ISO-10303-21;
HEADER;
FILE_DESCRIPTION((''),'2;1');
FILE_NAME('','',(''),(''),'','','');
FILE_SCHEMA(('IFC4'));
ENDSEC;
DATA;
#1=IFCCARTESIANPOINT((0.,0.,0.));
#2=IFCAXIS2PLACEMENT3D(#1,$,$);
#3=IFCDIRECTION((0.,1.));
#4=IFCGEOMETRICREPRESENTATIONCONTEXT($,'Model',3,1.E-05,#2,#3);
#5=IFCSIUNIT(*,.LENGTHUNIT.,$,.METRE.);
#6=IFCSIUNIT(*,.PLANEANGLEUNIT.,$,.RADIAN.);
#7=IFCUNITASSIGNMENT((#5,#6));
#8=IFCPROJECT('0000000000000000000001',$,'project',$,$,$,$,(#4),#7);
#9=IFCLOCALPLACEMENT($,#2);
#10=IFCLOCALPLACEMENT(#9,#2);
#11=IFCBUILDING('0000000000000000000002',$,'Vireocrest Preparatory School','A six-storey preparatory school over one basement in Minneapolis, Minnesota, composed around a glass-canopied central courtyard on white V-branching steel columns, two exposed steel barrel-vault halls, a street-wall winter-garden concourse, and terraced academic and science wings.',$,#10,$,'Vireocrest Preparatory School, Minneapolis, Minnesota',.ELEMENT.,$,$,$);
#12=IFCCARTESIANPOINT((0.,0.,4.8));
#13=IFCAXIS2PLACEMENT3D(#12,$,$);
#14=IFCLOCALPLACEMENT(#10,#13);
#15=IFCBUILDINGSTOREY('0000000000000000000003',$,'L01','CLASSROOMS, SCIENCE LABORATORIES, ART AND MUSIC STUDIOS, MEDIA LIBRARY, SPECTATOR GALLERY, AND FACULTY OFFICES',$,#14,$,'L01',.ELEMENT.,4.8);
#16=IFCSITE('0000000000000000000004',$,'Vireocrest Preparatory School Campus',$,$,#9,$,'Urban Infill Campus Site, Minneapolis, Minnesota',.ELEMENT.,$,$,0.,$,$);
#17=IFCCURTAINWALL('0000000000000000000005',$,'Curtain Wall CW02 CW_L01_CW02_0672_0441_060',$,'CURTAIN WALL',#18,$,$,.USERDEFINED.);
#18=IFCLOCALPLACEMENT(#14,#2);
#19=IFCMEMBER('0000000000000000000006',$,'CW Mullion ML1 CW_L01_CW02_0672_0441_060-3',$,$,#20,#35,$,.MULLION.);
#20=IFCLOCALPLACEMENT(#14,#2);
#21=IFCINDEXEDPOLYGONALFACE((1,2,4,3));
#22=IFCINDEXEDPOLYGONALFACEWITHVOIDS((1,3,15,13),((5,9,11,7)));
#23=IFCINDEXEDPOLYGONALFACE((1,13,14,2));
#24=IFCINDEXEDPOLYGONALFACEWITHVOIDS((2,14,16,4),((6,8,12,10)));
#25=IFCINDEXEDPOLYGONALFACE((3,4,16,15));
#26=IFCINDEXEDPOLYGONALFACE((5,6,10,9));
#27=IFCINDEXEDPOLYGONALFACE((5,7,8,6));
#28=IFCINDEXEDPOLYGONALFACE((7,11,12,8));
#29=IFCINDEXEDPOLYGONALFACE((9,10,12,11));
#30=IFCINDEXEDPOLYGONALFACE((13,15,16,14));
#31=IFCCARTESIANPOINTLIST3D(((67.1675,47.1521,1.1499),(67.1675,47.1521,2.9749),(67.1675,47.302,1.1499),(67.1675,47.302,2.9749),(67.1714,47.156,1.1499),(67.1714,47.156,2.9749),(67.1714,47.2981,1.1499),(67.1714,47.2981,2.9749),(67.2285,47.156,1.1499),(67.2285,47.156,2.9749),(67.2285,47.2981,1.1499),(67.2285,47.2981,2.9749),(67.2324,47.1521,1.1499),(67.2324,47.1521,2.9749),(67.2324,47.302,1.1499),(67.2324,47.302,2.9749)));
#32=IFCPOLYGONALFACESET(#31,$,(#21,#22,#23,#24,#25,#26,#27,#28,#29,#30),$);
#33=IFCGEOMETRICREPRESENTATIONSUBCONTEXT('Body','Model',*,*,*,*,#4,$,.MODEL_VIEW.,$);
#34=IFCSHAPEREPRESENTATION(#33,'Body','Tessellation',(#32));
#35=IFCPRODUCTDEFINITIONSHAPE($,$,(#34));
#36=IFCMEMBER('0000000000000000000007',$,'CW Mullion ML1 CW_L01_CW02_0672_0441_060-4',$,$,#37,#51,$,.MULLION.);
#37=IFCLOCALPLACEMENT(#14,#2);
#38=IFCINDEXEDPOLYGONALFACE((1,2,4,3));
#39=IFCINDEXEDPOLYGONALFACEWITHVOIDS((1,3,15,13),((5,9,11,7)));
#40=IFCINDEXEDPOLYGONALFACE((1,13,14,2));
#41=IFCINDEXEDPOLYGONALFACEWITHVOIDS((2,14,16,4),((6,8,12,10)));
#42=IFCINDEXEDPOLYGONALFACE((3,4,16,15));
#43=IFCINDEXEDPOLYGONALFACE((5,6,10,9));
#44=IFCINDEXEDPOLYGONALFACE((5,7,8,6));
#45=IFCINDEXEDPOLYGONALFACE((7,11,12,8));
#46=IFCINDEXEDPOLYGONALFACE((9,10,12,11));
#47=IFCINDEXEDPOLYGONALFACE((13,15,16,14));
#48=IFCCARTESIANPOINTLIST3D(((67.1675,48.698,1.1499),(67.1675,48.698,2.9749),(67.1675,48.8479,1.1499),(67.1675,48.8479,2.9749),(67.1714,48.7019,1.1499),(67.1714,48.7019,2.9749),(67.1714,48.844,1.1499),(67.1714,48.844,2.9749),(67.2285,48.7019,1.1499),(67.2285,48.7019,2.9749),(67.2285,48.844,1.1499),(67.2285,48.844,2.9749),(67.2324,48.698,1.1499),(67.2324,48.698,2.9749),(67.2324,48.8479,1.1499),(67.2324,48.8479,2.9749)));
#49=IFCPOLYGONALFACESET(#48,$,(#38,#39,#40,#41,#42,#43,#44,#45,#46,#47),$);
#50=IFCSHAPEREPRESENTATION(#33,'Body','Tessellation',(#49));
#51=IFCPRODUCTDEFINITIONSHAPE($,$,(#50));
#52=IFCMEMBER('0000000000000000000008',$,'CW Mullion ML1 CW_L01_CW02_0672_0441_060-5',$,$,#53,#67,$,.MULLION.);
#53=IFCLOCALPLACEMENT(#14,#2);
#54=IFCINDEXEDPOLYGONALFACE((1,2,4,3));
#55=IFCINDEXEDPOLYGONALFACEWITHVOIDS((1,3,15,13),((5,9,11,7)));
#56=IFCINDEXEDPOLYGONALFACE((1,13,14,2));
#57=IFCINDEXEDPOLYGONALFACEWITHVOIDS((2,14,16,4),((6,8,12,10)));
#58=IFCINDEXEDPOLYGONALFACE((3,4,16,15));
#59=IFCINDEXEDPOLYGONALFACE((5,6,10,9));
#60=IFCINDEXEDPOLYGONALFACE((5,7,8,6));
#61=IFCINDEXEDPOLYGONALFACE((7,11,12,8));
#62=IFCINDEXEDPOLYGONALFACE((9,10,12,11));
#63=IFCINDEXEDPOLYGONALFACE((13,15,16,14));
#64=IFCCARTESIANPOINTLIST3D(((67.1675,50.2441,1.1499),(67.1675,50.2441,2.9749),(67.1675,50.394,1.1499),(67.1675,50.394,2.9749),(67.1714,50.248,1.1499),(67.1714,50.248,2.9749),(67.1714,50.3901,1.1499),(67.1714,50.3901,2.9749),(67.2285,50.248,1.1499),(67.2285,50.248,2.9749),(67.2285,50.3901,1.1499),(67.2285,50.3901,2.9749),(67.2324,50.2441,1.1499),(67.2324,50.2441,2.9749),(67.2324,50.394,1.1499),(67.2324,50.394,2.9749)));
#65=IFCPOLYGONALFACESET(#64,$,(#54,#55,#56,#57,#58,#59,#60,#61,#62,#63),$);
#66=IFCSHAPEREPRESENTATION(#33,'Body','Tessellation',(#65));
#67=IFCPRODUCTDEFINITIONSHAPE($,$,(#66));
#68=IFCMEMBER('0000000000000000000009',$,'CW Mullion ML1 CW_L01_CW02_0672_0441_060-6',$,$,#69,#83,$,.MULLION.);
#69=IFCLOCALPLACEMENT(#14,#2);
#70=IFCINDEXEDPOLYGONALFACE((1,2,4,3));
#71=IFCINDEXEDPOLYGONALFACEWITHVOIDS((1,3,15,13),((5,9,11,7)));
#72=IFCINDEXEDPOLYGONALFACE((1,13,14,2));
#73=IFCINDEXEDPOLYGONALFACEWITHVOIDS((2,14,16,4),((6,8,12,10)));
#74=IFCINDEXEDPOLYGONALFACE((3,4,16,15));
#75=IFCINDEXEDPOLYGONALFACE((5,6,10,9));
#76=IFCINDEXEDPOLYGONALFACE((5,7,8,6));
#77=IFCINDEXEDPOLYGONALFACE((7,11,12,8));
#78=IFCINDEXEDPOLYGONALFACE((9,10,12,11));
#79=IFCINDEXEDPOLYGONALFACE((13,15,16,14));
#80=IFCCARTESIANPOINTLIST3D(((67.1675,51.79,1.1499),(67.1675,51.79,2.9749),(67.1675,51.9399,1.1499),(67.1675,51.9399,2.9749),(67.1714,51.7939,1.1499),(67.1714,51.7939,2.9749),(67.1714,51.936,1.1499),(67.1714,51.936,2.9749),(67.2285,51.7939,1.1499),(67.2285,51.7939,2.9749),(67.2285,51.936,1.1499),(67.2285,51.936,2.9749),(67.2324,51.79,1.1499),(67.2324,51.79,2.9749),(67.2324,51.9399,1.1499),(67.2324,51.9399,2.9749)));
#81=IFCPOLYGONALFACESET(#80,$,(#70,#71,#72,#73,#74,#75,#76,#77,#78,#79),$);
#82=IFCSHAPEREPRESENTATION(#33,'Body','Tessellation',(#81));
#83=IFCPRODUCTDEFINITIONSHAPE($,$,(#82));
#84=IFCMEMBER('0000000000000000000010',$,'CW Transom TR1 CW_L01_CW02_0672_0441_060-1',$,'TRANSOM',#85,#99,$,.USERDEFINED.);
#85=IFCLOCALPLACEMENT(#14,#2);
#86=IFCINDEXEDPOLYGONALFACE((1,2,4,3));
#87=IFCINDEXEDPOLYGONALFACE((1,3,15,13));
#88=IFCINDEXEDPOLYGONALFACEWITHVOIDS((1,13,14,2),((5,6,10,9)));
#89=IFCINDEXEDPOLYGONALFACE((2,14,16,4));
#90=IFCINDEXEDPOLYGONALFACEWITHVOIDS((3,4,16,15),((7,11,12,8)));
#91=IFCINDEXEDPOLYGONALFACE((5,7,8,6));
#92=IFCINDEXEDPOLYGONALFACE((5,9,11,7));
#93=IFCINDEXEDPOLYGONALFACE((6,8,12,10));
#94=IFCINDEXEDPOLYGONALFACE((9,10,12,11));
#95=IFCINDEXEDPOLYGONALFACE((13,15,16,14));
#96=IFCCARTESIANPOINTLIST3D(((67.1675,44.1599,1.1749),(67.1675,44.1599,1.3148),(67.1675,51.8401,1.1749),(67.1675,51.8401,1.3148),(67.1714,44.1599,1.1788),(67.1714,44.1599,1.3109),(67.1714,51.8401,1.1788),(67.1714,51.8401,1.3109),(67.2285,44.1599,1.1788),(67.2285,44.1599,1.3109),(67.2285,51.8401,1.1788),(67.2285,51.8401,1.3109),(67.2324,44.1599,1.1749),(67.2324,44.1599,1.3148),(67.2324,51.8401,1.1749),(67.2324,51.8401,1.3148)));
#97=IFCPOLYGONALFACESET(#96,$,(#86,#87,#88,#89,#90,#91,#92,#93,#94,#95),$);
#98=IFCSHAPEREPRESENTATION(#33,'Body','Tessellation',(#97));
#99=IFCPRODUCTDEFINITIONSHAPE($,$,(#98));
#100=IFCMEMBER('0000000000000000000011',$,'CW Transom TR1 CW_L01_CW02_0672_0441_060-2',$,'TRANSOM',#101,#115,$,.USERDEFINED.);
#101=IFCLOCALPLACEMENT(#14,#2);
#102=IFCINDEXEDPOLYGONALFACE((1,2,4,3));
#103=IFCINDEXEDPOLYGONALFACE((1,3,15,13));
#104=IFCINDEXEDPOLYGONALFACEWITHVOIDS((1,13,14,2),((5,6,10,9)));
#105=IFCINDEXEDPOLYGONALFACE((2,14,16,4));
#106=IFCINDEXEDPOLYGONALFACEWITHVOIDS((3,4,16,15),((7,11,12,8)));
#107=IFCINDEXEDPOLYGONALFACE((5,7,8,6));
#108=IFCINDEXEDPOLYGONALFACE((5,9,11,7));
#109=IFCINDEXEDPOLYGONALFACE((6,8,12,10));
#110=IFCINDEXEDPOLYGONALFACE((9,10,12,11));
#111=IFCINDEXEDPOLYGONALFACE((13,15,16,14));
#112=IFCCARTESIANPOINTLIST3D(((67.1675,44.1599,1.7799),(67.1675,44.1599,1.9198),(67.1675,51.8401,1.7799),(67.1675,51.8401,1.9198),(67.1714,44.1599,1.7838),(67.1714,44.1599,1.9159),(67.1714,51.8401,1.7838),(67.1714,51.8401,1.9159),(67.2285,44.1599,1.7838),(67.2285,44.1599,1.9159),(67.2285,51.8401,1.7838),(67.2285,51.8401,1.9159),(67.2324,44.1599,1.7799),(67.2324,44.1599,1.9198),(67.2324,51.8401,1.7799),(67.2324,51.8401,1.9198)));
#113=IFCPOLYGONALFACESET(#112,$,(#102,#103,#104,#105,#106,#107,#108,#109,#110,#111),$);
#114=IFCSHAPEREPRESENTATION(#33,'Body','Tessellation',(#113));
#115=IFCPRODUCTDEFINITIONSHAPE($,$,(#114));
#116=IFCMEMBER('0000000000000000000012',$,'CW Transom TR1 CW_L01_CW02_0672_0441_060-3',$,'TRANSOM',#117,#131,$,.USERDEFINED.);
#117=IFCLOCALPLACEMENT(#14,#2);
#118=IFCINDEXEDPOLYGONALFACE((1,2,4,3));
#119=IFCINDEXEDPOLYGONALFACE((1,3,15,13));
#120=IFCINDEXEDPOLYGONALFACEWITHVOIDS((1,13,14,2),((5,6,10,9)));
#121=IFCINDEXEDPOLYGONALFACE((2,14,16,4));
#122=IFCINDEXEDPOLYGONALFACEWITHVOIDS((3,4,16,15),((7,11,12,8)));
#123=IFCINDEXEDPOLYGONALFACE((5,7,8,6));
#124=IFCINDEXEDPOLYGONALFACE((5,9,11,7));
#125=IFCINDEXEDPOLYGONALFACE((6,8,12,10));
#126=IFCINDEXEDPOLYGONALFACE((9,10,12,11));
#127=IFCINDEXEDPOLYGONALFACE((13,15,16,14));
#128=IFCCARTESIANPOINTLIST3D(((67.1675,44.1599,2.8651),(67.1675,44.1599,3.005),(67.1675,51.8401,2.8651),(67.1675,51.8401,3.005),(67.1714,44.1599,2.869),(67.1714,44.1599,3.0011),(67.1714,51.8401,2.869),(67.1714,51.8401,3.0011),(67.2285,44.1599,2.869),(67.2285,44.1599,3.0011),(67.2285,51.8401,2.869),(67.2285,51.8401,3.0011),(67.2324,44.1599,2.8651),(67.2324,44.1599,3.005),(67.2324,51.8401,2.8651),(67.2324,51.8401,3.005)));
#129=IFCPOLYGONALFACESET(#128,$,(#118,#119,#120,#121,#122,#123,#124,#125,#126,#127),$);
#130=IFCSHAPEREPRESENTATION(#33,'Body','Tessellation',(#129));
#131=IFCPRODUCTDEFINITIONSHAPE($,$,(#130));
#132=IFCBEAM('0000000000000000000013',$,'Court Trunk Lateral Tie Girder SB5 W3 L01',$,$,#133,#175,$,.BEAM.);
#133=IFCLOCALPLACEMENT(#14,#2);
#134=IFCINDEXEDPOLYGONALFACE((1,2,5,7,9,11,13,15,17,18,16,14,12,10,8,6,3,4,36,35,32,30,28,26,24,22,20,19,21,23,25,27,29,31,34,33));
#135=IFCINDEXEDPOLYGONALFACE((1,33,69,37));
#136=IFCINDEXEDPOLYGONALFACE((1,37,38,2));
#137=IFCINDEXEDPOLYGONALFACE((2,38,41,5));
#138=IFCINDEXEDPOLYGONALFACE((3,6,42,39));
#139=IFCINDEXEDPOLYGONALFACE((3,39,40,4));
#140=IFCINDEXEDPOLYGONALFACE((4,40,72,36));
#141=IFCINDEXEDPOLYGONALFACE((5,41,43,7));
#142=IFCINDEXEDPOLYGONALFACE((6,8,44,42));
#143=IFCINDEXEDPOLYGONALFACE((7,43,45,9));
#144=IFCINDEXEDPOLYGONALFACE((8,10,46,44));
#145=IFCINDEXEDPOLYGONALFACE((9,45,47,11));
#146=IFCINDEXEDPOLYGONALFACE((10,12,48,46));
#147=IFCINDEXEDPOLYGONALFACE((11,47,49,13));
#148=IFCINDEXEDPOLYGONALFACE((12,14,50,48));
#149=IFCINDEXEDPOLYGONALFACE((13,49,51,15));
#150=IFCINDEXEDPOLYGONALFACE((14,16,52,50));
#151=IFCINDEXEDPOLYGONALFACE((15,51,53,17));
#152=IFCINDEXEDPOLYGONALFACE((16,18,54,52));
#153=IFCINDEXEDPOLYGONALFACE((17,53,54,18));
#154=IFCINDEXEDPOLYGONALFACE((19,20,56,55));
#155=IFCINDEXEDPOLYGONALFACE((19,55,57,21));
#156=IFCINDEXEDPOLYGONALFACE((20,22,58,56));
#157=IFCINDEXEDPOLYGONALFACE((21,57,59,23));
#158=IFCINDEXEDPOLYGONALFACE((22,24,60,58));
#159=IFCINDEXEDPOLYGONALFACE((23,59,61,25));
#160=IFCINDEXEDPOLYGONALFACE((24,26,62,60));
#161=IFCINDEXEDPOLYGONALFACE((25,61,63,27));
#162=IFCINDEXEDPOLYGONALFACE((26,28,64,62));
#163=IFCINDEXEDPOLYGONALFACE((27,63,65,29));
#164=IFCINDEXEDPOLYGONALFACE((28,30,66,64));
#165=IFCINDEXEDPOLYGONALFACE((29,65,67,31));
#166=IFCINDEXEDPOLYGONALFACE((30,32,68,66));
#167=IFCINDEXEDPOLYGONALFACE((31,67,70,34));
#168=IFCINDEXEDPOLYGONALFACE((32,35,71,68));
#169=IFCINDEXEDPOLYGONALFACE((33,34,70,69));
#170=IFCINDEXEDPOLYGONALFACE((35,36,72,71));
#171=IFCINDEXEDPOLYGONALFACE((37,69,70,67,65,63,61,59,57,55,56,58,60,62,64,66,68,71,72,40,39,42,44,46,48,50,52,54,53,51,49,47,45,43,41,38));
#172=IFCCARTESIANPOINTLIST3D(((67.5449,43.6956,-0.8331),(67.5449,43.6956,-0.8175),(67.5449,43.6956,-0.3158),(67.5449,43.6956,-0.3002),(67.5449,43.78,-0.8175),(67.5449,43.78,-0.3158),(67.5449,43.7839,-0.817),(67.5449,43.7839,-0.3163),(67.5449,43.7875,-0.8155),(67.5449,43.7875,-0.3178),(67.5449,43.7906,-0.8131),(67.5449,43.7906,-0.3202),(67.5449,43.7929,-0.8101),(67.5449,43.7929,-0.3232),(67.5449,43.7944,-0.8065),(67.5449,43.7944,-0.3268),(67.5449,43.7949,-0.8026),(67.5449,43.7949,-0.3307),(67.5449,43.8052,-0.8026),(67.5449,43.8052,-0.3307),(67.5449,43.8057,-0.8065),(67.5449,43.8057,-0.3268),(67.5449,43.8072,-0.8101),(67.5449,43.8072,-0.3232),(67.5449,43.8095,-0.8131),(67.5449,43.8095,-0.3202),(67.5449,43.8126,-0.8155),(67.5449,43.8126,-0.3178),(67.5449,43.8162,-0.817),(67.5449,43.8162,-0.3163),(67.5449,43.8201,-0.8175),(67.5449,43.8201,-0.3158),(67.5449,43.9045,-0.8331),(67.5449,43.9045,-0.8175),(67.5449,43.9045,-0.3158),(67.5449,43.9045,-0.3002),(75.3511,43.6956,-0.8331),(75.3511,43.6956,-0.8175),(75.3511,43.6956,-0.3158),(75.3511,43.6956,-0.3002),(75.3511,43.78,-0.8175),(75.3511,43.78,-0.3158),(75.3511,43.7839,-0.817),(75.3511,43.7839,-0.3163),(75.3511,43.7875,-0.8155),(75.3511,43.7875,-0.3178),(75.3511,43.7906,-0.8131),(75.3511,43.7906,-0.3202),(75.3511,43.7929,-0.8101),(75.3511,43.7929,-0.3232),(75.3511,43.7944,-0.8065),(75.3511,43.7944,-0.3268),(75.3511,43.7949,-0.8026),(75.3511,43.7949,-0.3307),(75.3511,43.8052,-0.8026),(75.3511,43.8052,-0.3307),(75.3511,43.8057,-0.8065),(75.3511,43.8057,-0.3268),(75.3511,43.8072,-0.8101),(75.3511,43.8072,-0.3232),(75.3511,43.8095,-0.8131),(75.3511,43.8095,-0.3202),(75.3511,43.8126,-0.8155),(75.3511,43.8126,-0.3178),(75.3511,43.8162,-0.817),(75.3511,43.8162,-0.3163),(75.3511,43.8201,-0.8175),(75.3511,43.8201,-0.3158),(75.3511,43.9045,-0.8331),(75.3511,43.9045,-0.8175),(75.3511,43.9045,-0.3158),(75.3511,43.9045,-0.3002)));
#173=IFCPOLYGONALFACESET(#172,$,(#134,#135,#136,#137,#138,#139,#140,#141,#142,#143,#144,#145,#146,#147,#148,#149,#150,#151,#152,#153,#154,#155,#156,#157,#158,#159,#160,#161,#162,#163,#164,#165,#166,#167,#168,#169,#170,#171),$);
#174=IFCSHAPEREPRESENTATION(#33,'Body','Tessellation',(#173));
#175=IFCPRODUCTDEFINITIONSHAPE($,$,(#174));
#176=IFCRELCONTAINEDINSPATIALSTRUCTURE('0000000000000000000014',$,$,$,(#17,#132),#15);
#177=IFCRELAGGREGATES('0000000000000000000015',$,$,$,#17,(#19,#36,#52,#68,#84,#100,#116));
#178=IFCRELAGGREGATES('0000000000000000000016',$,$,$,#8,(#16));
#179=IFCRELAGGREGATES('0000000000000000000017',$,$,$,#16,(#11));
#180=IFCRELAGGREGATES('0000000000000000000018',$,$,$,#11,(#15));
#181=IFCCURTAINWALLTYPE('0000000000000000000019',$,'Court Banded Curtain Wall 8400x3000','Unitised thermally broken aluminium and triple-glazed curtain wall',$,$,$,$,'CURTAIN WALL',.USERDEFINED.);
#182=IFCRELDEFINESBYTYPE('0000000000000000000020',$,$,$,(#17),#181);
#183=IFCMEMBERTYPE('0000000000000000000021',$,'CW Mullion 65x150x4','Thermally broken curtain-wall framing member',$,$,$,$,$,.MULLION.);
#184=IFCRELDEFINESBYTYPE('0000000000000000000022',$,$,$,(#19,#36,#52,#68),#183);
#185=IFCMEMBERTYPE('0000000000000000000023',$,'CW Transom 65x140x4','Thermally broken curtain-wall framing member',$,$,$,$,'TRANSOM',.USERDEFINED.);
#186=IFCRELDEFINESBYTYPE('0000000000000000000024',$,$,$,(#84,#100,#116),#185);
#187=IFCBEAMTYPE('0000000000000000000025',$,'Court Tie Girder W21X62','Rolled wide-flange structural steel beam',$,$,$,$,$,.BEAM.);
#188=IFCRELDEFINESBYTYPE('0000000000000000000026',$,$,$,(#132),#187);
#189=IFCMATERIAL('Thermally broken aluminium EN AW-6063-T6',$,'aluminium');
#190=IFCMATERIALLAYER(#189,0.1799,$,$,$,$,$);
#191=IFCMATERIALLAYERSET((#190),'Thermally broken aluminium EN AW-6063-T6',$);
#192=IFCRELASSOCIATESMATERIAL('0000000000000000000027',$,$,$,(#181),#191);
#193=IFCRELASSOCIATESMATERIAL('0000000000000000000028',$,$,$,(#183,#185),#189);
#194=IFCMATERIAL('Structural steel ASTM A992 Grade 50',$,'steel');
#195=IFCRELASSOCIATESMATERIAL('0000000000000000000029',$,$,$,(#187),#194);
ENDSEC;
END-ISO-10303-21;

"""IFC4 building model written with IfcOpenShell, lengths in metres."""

from ifc_helpers import new_model, si_unit, direction, frame, origin, origin_2d, place, context, subcontext, project, spatial, hollow_rectangle, i_section, extrude, material, layer, layer_set, material_profile, profile_set, type_object, element, aggregate, save


model = new_model("IFC4")

# Units and contexts
model_context = context("Model", 3, precision=1e-05, world=origin(), true_north=direction((0.0, 1.0)))
body_context = subcontext(model_context, "Body", "Model", "MODEL_VIEW")
ifc_project = project(units=[si_unit("LENGTHUNIT", "METRE"), si_unit("PLANEANGLEUNIT", "RADIAN")], contexts=[model_context])

# Site, building, storey
site_placement = place(None, origin())
site = spatial("IfcSite", under=ifc_project, at=site_placement, Name="Vireocrest Preparatory School Campus", LongName="Urban Infill Campus Site, Minneapolis, Minnesota", CompositionType="ELEMENT", RefElevation=0.0)
building_placement = place(site_placement, origin())
building = spatial("IfcBuilding", under=site, at=building_placement, Name="Vireocrest Preparatory School", Description="A six-storey preparatory school over one basement in Minneapolis, Minnesota, composed around a glass-canopied central courtyard on white V-branching steel columns, two exposed steel barrel-vault halls, a street-wall winter-garden concourse, and terraced academic and science wings.", LongName="Vireocrest Preparatory School, Minneapolis, Minnesota", CompositionType="ELEMENT")
storey_placement = place(building_placement, frame((0.0, 0.0, 4.8)))
storey = spatial("IfcBuildingStorey", under=building, at=storey_placement, Name="L01", Description="CLASSROOMS, SCIENCE LABORATORIES, ART AND MUSIC STUDIOS, MEDIA LIBRARY, SPECTATOR GALLERY, AND FACULTY OFFICES", LongName="L01", CompositionType="ELEMENT", Elevation=4.8)

# Shared definitions
ifc_material_1 = material(Name="Thermally broken aluminium EN AW-6063-T6", Category="aluminium")
ifc_layer_1 = layer(ifc_material_1, 0.1799)
ifc_layer_set_1 = layer_set([ifc_layer_1], Name="Thermally broken aluminium EN AW-6063-T6")
curtain_wall_type = type_object("IfcCurtainWallType", Name="Court Banded Curtain Wall 8400x3000", Description="Unitised thermally broken aluminium and triple-glazed curtain wall", ElementType="CURTAIN WALL", PredefinedType="USERDEFINED", material=ifc_layer_set_1)
ifc_material_profile_1 = material_profile(ifc_material_1, hollow_rectangle(XDim=0.0649, YDim=0.1499, WallThickness=0.0039, at=origin_2d()), Name="ALU 65x150x4")
ifc_profile_set_1 = profile_set([ifc_material_profile_1], Name="Thermally broken aluminium EN AW-6063-T6")
member_type_1 = type_object("IfcMemberType", Name="CW Mullion 65x150x4", Description="Thermally broken curtain-wall framing member", PredefinedType="MULLION", material=ifc_profile_set_1)

# Curtain wall, members
curtain_wall_1_placement = place(storey_placement, origin())
curtain_wall_1 = element("IfcCurtainWall", 1, at=curtain_wall_1_placement, inside=storey, type_object=curtain_wall_type, Name="Curtain Wall CW02 CW_L01_CW02_0672_0441_060", ObjectType="CURTAIN WALL", PredefinedType="USERDEFINED")
member_1_placement = place(storey_placement, frame((67.2, 47.2271, 1.1499), z_axis=(0.0, 0.0, 1.0), x_axis=(1.0, 0.0, 0.0)))
member_1 = element("IfcMember", 2, at=member_1_placement, type_object=member_type_1, Name="CW Mullion ML1 CW_L01_CW02_0672_0441_060-3", PredefinedType="MULLION", context=body_context, shape_type="SweptSolid", body=[
    extrude(hollow_rectangle(XDim=0.0649, YDim=0.1499, WallThickness=0.0039, at=origin_2d()), origin(), (0.0, 0.0, 1.0), 1.825),
])
member_2_placement = place(storey_placement, frame((67.2, 48.7729, 1.1499), z_axis=(0.0, 0.0, 1.0), x_axis=(1.0, 0.0, 0.0)))
member_2 = element("IfcMember", 3, at=member_2_placement, type_object=member_type_1, Name="CW Mullion ML1 CW_L01_CW02_0672_0441_060-4", PredefinedType="MULLION", context=body_context, shape_type="SweptSolid", body=[
    extrude(hollow_rectangle(XDim=0.0649, YDim=0.1499, WallThickness=0.0039, at=origin_2d()), origin(), (0.0, 0.0, 1.0), 1.825),
])
member_3_placement = place(storey_placement, frame((67.2, 50.3191, 1.1499), z_axis=(0.0, 0.0, 1.0), x_axis=(1.0, 0.0, 0.0)))
member_3 = element("IfcMember", 4, at=member_3_placement, type_object=member_type_1, Name="CW Mullion ML1 CW_L01_CW02_0672_0441_060-5", PredefinedType="MULLION", context=body_context, shape_type="SweptSolid", body=[
    extrude(hollow_rectangle(XDim=0.0649, YDim=0.1499, WallThickness=0.0039, at=origin_2d()), origin(), (0.0, 0.0, 1.0), 1.825),
])
member_4_placement = place(storey_placement, frame((67.2, 51.865, 1.1499), z_axis=(0.0, 0.0, 1.0), x_axis=(1.0, 0.0, 0.0)))
member_4 = element("IfcMember", 5, at=member_4_placement, type_object=member_type_1, Name="CW Mullion ML1 CW_L01_CW02_0672_0441_060-6", PredefinedType="MULLION", context=body_context, shape_type="SweptSolid", body=[
    extrude(hollow_rectangle(XDim=0.0649, YDim=0.1499, WallThickness=0.0039, at=origin_2d()), origin(), (0.0, 0.0, 1.0), 1.825),
])
ifc_material_profile_2 = material_profile(ifc_material_1, hollow_rectangle(XDim=0.0649, YDim=0.1399, WallThickness=0.0039, at=origin_2d()), Name="ALU 65x140x4")
ifc_profile_set_2 = profile_set([ifc_material_profile_2], Name="Thermally broken aluminium EN AW-6063-T6")
member_type_2 = type_object("IfcMemberType", Name="CW Transom 65x140x4", Description="Thermally broken curtain-wall framing member", ElementType="TRANSOM", PredefinedType="USERDEFINED", material=ifc_profile_set_2)
member_5_placement = place(storey_placement, frame((67.2, 44.1599, 1.2449), z_axis=(0.0, 1.0, 0.0), x_axis=(-1.0, 0.0, 0.0)))
member_5 = element("IfcMember", 6, at=member_5_placement, type_object=member_type_2, Name="CW Transom TR1 CW_L01_CW02_0672_0441_060-1", ObjectType="TRANSOM", PredefinedType="USERDEFINED", context=body_context, shape_type="SweptSolid", body=[
    extrude(hollow_rectangle(XDim=0.0649, YDim=0.1399, WallThickness=0.0039, at=origin_2d()), origin(), (0.0, 0.0, 1.0), 7.6802),
])
member_6_placement = place(storey_placement, frame((67.2, 44.1599, 1.8499), z_axis=(0.0, 1.0, 0.0), x_axis=(-1.0, 0.0, 0.0)))
member_6 = element("IfcMember", 7, at=member_6_placement, type_object=member_type_2, Name="CW Transom TR1 CW_L01_CW02_0672_0441_060-2", ObjectType="TRANSOM", PredefinedType="USERDEFINED", context=body_context, shape_type="SweptSolid", body=[
    extrude(hollow_rectangle(XDim=0.0649, YDim=0.1399, WallThickness=0.0039, at=origin_2d()), origin(), (0.0, 0.0, 1.0), 7.6802),
])
member_7_placement = place(storey_placement, frame((67.2, 44.1599, 2.9351), z_axis=(0.0, 1.0, 0.0), x_axis=(-1.0, 0.0, 0.0)))
member_7 = element("IfcMember", 8, at=member_7_placement, type_object=member_type_2, Name="CW Transom TR1 CW_L01_CW02_0672_0441_060-3", ObjectType="TRANSOM", PredefinedType="USERDEFINED", context=body_context, shape_type="SweptSolid", body=[
    extrude(hollow_rectangle(XDim=0.0649, YDim=0.1399, WallThickness=0.0039, at=origin_2d()), origin(), (0.0, 0.0, 1.0), 7.6802),
])

# Beam
ifc_material_2 = material(Name="Structural steel ASTM A992 Grade 50", Category="steel")
ifc_material_profile_3 = material_profile(ifc_material_2, i_section(OverallWidth=0.209, OverallDepth=0.533, WebThickness=0.0103, FlangeThickness=0.0156, FilletRadius=0.0149, at=origin_2d()), Name="W21X62")
ifc_profile_set_3 = profile_set([ifc_material_profile_3], Name="Structural steel ASTM A992 Grade 50")
beam_type_1 = type_object("IfcBeamType", Name="Court Tie Girder W21X62", Description="Rolled wide-flange structural steel beam", PredefinedType="BEAM", material=ifc_profile_set_3)
beam_1_placement = place(storey_placement, frame((67.5449, 43.8, -0.5667), z_axis=(1.0, 0.0, 0.0), x_axis=(0.0, 1.0, 0.0)))
element("IfcBeam", 9, at=beam_1_placement, inside=storey, type_object=beam_type_1, Name="Court Trunk Lateral Tie Girder SB5 W3 L01", PredefinedType="BEAM", context=body_context, shape_type="SweptSolid", body=[
    extrude(i_section(OverallWidth=0.209, OverallDepth=0.533, WebThickness=0.0103, FlangeThickness=0.0156, FilletRadius=0.0149, at=origin_2d()), origin(), (0.0, 0.0, 1.0), 7.8062),
])

aggregate(curtain_wall_1, [member_1, member_2, member_3, member_4, member_5, member_6, member_7])

save(model, "model.ifc")
